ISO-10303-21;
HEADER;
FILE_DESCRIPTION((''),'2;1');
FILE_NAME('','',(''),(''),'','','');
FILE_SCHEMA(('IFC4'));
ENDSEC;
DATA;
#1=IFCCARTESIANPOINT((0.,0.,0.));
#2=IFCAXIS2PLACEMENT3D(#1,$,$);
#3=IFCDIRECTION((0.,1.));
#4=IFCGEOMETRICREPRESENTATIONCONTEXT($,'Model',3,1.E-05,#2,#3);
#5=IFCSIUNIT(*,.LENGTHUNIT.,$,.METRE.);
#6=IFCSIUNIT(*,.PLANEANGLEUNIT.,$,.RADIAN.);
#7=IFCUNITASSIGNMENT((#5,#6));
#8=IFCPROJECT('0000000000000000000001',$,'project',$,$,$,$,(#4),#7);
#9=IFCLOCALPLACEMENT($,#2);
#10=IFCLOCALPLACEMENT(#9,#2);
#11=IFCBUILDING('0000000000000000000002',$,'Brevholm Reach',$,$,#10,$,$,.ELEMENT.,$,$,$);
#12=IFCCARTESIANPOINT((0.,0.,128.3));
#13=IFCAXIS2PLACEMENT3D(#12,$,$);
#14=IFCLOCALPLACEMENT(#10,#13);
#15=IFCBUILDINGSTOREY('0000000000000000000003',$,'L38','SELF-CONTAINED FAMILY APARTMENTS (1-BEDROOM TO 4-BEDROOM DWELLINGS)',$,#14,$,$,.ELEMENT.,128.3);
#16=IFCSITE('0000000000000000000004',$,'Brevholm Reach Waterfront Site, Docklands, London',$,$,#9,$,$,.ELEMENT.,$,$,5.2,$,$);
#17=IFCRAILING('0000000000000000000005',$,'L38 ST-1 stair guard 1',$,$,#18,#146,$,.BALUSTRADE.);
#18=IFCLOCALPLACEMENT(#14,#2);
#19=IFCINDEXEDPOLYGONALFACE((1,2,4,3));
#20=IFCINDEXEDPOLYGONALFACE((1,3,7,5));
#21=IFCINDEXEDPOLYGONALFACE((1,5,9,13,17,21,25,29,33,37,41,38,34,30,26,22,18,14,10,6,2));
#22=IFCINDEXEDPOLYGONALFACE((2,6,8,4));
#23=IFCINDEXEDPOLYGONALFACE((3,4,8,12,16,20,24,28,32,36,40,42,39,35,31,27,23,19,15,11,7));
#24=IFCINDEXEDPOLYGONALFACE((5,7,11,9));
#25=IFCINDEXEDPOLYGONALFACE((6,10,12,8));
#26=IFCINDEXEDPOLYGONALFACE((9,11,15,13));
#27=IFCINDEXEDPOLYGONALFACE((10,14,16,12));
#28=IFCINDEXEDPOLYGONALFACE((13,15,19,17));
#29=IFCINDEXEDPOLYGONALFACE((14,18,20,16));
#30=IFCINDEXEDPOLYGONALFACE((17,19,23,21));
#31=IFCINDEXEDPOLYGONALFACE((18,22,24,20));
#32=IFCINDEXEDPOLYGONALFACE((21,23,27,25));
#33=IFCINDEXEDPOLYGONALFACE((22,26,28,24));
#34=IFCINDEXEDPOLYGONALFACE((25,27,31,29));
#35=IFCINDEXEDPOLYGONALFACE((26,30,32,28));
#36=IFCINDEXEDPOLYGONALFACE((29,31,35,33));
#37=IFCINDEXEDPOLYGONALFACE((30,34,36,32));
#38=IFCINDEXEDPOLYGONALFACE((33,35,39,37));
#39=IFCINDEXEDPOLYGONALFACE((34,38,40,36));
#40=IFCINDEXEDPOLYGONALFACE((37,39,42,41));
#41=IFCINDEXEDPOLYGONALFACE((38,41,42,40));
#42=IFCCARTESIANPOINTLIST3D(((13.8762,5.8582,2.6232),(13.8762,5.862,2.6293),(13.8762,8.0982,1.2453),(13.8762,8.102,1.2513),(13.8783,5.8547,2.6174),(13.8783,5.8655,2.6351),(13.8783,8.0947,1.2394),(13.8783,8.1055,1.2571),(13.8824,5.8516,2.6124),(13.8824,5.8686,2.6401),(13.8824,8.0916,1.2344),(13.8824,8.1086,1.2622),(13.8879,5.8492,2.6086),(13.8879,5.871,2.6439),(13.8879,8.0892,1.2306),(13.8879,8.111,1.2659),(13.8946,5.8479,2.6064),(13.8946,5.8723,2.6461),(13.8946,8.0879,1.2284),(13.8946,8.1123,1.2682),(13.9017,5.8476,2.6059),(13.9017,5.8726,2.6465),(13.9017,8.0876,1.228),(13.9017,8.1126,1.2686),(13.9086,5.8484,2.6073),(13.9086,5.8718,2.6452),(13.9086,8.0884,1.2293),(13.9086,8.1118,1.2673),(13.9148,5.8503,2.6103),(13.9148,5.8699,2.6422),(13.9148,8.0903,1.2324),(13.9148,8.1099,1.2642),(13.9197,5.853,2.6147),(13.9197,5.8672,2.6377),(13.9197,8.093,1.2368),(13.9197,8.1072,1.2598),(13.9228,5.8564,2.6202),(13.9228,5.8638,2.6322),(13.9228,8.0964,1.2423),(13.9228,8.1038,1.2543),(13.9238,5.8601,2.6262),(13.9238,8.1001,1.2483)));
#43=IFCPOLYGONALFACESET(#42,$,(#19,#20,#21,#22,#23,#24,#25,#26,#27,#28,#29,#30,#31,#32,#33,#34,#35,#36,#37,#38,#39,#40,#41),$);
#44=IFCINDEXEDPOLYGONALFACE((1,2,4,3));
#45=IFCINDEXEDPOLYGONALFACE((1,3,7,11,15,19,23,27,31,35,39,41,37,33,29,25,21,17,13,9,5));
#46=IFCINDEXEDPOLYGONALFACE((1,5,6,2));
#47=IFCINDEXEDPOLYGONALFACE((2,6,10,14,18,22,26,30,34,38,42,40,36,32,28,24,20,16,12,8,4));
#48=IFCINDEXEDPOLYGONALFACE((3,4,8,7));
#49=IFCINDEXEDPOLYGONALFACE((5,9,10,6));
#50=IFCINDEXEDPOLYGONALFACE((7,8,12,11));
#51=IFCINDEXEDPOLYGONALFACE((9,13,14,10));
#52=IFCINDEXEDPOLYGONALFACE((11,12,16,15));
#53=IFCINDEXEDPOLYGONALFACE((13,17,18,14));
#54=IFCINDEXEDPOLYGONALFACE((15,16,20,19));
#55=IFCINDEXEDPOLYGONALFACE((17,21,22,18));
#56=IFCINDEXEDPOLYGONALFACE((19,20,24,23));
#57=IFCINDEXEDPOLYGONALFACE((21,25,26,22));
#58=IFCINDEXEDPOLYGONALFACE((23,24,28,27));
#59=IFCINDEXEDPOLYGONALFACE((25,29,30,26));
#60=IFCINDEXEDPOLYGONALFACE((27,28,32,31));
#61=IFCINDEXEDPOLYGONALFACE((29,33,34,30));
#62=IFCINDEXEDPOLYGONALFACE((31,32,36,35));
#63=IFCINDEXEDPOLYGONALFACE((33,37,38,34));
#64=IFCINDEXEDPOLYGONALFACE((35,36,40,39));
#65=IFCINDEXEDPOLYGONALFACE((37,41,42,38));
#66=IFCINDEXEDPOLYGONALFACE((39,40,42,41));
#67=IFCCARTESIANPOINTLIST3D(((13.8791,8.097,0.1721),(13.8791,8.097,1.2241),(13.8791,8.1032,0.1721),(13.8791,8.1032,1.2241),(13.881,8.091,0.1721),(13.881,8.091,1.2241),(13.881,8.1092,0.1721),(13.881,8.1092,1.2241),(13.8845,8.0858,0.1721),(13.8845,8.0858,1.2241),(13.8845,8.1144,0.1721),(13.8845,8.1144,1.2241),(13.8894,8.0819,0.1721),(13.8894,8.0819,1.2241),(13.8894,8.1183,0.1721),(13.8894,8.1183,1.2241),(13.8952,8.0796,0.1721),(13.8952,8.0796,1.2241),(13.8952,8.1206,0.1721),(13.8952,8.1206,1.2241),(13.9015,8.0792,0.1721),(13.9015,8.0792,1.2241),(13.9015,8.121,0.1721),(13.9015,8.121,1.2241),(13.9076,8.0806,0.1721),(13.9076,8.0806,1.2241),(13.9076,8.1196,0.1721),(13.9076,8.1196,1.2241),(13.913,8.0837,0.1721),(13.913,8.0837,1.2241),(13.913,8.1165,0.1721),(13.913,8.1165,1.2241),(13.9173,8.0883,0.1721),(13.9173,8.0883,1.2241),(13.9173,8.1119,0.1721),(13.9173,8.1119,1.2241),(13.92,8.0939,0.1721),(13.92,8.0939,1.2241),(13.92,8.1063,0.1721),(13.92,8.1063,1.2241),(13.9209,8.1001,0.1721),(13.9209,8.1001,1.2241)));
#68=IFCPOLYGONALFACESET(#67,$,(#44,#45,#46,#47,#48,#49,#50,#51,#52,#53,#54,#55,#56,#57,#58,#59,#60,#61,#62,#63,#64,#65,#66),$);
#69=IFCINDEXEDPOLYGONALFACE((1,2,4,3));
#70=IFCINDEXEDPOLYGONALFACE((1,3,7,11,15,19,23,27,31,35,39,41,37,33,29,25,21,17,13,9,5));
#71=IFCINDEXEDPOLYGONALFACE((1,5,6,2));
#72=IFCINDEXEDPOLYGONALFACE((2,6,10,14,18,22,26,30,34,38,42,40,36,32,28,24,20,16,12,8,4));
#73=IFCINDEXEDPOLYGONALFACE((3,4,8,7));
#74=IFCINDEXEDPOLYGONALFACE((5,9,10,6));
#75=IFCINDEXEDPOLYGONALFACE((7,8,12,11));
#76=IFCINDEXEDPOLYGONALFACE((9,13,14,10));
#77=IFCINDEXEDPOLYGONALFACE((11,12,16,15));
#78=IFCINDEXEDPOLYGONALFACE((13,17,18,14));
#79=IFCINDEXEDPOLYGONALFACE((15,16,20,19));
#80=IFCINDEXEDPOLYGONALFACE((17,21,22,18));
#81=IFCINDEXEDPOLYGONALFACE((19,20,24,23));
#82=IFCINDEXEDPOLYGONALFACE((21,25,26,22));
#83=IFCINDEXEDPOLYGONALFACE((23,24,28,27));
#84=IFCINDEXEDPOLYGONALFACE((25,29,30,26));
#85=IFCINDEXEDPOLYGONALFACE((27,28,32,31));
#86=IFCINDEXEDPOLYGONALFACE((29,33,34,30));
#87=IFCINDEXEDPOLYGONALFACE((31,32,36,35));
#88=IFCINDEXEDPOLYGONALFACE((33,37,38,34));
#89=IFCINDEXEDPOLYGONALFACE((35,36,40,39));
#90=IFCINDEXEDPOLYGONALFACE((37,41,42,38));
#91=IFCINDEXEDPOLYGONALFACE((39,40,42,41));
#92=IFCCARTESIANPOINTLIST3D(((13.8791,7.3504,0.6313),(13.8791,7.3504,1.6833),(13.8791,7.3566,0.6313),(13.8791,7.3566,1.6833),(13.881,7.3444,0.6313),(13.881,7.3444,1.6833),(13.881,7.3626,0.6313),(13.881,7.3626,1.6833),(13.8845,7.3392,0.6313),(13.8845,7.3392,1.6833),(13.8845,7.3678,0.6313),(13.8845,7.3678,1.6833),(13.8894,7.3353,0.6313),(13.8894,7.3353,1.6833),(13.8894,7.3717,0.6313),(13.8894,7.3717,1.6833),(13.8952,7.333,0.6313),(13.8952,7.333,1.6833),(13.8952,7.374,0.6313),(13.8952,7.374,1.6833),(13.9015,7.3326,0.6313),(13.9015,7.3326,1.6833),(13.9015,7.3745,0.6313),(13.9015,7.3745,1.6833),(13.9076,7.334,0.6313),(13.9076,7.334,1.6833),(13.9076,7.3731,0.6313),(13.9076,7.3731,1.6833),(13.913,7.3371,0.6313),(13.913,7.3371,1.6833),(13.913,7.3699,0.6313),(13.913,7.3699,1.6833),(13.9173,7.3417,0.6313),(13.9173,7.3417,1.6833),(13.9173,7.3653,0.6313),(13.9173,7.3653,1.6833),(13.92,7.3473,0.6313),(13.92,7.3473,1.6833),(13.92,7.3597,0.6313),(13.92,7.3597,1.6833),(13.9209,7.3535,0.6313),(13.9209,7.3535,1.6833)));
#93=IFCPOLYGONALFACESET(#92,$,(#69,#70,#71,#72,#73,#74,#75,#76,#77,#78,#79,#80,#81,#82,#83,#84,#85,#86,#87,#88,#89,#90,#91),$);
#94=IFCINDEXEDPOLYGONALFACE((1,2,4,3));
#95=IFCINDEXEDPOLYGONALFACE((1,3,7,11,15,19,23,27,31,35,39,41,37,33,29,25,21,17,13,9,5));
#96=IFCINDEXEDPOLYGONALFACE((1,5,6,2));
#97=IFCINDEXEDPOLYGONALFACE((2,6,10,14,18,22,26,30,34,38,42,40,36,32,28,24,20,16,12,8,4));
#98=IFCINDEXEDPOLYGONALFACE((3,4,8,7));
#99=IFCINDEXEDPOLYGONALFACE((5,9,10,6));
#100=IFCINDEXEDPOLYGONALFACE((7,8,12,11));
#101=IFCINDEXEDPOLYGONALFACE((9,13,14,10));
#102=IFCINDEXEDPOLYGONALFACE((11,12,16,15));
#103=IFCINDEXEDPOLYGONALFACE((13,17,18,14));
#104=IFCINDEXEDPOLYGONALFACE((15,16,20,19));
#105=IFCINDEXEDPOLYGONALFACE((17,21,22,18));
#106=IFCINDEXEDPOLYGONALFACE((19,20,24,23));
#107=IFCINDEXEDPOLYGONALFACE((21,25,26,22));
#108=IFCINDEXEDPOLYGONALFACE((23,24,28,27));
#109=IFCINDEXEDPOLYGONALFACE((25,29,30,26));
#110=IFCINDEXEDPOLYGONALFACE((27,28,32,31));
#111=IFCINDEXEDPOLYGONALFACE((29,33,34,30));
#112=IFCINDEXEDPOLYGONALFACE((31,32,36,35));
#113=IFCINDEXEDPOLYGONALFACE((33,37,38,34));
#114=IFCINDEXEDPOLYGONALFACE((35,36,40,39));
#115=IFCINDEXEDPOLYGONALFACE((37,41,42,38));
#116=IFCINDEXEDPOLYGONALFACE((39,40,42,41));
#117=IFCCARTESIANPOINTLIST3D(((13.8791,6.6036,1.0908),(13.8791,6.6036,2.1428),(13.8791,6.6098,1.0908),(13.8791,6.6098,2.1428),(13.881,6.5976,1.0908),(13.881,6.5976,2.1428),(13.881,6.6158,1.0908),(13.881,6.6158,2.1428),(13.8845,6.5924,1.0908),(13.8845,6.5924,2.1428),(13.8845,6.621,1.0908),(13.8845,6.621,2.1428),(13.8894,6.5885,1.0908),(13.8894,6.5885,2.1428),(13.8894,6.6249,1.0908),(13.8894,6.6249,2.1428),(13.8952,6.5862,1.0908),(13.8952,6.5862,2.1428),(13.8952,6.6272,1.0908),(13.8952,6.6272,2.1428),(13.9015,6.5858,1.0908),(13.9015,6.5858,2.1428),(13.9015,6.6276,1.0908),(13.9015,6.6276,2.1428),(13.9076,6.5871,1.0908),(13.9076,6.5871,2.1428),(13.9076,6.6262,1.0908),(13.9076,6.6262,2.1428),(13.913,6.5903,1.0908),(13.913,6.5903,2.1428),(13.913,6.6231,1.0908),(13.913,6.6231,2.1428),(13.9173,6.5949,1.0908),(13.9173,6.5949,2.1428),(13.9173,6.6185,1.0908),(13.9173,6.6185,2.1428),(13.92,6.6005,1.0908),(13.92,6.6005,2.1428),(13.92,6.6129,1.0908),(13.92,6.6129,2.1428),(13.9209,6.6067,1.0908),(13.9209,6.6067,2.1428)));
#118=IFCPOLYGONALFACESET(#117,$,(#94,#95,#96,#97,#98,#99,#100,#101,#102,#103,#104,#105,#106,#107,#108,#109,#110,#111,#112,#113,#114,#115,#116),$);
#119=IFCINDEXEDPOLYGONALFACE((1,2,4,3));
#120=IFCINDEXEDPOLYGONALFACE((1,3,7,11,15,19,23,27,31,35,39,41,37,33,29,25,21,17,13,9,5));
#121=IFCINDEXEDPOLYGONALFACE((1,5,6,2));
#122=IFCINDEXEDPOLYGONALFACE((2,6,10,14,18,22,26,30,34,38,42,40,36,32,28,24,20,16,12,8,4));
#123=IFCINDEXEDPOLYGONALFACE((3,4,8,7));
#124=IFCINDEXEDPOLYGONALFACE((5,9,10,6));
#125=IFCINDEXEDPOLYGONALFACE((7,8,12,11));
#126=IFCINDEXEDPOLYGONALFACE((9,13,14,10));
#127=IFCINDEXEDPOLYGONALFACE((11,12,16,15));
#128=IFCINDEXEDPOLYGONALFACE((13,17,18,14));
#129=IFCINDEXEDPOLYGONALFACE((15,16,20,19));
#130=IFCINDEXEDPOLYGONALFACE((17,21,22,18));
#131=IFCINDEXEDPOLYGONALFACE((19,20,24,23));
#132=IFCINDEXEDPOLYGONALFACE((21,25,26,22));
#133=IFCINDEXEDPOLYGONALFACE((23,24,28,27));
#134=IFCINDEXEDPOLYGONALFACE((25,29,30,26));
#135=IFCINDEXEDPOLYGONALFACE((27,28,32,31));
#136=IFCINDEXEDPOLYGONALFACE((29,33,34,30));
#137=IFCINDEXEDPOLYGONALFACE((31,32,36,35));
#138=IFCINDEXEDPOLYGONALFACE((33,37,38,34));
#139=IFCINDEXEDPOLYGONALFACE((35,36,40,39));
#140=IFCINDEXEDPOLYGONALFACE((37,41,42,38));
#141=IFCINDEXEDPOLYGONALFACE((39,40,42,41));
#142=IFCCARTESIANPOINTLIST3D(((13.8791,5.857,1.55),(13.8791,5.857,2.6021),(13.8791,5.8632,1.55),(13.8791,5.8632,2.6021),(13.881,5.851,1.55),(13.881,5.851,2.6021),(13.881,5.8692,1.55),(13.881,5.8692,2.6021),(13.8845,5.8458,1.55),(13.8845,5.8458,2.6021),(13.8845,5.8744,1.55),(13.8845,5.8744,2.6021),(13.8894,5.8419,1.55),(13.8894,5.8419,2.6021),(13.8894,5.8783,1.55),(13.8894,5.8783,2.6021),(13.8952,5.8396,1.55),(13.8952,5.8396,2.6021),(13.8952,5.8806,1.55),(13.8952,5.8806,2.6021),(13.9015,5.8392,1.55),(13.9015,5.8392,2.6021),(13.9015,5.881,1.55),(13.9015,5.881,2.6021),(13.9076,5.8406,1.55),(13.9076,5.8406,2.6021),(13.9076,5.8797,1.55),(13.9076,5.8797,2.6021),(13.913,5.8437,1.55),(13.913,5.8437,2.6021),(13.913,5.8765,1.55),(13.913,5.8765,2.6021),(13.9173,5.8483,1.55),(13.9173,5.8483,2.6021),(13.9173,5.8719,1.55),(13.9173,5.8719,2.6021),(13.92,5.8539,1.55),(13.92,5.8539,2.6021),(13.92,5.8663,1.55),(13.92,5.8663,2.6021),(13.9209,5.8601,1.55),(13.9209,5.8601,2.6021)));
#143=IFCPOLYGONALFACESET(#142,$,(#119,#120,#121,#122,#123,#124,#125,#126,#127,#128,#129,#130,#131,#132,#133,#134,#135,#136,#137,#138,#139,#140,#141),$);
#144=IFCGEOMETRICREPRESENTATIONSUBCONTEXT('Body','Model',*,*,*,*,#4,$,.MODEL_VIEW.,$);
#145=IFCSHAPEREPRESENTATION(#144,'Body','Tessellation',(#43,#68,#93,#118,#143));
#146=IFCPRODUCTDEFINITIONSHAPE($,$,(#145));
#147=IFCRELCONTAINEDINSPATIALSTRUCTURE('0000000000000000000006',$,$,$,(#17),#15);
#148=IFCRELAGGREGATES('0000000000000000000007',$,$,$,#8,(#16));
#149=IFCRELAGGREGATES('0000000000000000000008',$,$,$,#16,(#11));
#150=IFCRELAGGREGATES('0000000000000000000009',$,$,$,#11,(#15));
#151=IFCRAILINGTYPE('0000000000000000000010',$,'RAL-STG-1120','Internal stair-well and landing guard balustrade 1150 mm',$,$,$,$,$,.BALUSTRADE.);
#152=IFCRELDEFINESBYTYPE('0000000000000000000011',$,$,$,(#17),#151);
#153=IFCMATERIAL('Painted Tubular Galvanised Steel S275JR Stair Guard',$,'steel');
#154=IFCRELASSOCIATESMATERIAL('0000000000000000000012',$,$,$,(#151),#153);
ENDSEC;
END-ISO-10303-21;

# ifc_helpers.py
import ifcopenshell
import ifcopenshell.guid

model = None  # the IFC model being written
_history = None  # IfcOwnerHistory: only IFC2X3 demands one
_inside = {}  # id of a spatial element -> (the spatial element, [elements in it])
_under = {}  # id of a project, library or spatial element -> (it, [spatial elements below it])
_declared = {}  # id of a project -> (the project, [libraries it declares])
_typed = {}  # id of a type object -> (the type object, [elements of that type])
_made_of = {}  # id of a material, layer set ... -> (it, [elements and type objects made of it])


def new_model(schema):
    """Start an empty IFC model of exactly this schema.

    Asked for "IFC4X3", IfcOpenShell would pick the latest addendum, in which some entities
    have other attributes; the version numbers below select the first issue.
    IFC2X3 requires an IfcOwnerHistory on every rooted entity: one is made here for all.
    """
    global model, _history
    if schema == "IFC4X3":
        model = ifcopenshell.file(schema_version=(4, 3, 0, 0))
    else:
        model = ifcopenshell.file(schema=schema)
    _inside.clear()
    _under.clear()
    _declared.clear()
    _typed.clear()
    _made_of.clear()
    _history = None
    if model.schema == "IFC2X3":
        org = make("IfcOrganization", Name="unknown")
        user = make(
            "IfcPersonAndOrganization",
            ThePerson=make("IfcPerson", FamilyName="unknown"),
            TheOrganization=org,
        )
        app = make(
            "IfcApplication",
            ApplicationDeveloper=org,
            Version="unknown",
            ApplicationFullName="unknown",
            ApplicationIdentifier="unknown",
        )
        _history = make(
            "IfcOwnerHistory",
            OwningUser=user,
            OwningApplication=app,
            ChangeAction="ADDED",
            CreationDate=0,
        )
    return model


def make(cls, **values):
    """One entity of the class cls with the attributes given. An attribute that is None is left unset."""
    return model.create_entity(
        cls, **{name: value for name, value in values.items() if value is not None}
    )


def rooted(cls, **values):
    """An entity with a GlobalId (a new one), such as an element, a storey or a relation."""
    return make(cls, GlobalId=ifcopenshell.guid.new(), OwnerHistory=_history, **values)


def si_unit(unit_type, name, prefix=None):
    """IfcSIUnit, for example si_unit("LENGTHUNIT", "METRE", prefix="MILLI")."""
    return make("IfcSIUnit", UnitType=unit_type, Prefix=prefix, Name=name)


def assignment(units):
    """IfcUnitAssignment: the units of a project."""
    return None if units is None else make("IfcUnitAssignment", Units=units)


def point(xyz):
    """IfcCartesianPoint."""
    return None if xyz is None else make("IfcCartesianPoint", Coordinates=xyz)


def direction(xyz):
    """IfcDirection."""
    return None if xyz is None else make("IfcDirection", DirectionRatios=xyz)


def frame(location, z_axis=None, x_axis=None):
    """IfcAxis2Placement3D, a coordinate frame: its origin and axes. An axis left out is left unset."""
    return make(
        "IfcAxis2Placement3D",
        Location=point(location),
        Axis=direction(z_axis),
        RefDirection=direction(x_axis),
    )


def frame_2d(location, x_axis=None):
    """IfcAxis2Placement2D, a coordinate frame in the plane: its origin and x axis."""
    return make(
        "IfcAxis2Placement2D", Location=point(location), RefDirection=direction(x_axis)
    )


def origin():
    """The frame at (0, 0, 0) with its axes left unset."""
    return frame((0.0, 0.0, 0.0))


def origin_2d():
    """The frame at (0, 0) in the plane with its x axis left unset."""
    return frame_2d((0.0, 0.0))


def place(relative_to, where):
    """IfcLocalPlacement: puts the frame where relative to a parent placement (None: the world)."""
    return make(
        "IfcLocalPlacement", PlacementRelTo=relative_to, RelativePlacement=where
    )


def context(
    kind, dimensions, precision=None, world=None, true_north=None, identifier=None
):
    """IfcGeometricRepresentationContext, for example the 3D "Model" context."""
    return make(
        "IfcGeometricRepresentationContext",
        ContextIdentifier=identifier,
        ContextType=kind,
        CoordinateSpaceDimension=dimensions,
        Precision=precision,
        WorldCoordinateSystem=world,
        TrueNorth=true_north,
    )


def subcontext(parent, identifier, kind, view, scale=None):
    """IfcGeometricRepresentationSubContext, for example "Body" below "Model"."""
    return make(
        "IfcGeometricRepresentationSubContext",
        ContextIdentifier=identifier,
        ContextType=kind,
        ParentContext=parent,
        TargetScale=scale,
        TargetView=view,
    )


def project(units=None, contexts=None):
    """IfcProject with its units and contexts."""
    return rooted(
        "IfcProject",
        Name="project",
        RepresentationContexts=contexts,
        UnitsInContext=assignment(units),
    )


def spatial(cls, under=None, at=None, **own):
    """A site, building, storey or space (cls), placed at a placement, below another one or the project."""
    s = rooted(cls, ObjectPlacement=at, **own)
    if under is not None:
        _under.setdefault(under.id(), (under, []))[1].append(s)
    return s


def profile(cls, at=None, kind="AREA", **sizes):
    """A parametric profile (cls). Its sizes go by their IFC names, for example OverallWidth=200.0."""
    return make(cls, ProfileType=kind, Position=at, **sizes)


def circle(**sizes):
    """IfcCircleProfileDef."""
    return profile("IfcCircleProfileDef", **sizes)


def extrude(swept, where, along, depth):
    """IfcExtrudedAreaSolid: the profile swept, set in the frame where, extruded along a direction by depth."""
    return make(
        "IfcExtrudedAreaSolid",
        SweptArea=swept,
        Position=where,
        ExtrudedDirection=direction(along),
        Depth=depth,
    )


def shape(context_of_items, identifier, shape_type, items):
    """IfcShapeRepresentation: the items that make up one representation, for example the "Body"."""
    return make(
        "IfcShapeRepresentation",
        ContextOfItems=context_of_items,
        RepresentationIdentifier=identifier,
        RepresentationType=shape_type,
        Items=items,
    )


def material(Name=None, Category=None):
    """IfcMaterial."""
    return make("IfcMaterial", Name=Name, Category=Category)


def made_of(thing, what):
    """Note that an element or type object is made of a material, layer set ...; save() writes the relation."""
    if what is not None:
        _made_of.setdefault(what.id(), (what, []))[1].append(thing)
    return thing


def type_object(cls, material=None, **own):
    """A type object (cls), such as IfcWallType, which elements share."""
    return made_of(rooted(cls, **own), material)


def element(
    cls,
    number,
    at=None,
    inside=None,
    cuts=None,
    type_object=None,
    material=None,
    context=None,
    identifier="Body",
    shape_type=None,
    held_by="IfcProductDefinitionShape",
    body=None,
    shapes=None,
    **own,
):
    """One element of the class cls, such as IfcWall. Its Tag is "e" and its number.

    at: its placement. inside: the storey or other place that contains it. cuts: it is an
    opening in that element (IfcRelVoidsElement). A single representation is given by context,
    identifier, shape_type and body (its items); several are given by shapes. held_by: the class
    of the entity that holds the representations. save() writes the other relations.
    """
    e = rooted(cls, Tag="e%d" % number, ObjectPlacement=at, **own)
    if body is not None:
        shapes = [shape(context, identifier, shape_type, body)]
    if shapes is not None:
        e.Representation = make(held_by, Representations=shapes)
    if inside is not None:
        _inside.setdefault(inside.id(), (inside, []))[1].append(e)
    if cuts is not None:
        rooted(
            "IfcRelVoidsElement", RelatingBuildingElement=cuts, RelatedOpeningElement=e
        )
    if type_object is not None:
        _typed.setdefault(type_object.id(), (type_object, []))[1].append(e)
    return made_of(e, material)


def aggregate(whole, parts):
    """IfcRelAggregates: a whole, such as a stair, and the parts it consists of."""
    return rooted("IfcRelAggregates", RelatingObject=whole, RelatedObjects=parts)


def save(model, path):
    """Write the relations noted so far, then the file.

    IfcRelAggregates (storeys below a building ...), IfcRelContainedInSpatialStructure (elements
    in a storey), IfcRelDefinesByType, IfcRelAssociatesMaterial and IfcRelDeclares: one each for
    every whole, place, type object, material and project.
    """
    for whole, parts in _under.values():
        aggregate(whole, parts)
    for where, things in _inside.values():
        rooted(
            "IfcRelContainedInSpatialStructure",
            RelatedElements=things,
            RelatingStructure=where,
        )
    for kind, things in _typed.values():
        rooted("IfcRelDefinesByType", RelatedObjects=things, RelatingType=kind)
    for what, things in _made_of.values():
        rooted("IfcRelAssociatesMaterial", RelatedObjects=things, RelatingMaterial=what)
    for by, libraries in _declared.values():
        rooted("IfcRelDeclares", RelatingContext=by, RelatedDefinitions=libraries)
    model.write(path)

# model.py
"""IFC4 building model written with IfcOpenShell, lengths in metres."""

from ifc_helpers import new_model, si_unit, direction, frame, origin, origin_2d, place, context, subcontext, project, spatial, circle, extrude, material, type_object, element, save


model = new_model("IFC4")

# Units and contexts
model_context = context("Model", 3, precision=1e-05, world=origin(), true_north=direction((0.0, 1.0)))
body_context = subcontext(model_context, "Body", "Model", "MODEL_VIEW")
ifc_project = project(units=[si_unit("LENGTHUNIT", "METRE"), si_unit("PLANEANGLEUNIT", "RADIAN")], contexts=[model_context])

# Site, building, storey
site_placement = place(None, origin())
site = spatial("IfcSite", under=ifc_project, at=site_placement, Name="Brevholm Reach Waterfront Site, Docklands, London", CompositionType="ELEMENT", RefElevation=5.2)
building_placement = place(site_placement, origin())
building = spatial("IfcBuilding", under=site, at=building_placement, Name="Brevholm Reach", CompositionType="ELEMENT")
storey_placement = place(building_placement, frame((0.0, 0.0, 128.3)))
storey = spatial("IfcBuildingStorey", under=building, at=storey_placement, Name="L38", Description="SELF-CONTAINED FAMILY APARTMENTS (1-BEDROOM TO 4-BEDROOM DWELLINGS)", CompositionType="ELEMENT", Elevation=128.3)

# Railing
ifc_material_1 = material(Name="Painted Tubular Galvanised Steel S275JR Stair Guard", Category="steel")
railing_type_1 = type_object("IfcRailingType", Name="RAL-STG-1120", Description="Internal stair-well and landing guard balustrade 1150 mm", PredefinedType="BALUSTRADE", material=ifc_material_1)
railing_1_placement = place(storey_placement, frame((13.8999, 8.1001, 0.1721)))
element("IfcRailing", 1, at=railing_1_placement, inside=storey, type_object=railing_type_1, Name="L38 ST-1 stair guard 1", PredefinedType="BALUSTRADE", context=body_context, shape_type="SweptSolid", body=[
    extrude(circle(Radius=0.0239, at=origin_2d()), frame((0.0, 0.0, 1.0762), z_axis=(0.0, -0.851748, 0.523952), x_axis=(1.0, 0.0, 0.0)), (0.0, 0.0, 1.0), 2.6299),
    extrude(circle(Radius=0.021, at=origin_2d()), origin(), (0.0, 0.0, 1.0), 1.052),
    extrude(circle(Radius=0.021, at=origin_2d()), frame((0.0, -0.7466, 0.4592)), (0.0, 0.0, 1.0), 1.052),
    extrude(circle(Radius=0.021, at=origin_2d()), frame((0.0, -1.4934, 0.9187)), (0.0, 0.0, 1.0), 1.052),
    extrude(circle(Radius=0.021, at=origin_2d()), frame((0.0, -2.24, 1.3779)), (0.0, 0.0, 1.0), 1.052),
])

save(model, "model.ifc")
